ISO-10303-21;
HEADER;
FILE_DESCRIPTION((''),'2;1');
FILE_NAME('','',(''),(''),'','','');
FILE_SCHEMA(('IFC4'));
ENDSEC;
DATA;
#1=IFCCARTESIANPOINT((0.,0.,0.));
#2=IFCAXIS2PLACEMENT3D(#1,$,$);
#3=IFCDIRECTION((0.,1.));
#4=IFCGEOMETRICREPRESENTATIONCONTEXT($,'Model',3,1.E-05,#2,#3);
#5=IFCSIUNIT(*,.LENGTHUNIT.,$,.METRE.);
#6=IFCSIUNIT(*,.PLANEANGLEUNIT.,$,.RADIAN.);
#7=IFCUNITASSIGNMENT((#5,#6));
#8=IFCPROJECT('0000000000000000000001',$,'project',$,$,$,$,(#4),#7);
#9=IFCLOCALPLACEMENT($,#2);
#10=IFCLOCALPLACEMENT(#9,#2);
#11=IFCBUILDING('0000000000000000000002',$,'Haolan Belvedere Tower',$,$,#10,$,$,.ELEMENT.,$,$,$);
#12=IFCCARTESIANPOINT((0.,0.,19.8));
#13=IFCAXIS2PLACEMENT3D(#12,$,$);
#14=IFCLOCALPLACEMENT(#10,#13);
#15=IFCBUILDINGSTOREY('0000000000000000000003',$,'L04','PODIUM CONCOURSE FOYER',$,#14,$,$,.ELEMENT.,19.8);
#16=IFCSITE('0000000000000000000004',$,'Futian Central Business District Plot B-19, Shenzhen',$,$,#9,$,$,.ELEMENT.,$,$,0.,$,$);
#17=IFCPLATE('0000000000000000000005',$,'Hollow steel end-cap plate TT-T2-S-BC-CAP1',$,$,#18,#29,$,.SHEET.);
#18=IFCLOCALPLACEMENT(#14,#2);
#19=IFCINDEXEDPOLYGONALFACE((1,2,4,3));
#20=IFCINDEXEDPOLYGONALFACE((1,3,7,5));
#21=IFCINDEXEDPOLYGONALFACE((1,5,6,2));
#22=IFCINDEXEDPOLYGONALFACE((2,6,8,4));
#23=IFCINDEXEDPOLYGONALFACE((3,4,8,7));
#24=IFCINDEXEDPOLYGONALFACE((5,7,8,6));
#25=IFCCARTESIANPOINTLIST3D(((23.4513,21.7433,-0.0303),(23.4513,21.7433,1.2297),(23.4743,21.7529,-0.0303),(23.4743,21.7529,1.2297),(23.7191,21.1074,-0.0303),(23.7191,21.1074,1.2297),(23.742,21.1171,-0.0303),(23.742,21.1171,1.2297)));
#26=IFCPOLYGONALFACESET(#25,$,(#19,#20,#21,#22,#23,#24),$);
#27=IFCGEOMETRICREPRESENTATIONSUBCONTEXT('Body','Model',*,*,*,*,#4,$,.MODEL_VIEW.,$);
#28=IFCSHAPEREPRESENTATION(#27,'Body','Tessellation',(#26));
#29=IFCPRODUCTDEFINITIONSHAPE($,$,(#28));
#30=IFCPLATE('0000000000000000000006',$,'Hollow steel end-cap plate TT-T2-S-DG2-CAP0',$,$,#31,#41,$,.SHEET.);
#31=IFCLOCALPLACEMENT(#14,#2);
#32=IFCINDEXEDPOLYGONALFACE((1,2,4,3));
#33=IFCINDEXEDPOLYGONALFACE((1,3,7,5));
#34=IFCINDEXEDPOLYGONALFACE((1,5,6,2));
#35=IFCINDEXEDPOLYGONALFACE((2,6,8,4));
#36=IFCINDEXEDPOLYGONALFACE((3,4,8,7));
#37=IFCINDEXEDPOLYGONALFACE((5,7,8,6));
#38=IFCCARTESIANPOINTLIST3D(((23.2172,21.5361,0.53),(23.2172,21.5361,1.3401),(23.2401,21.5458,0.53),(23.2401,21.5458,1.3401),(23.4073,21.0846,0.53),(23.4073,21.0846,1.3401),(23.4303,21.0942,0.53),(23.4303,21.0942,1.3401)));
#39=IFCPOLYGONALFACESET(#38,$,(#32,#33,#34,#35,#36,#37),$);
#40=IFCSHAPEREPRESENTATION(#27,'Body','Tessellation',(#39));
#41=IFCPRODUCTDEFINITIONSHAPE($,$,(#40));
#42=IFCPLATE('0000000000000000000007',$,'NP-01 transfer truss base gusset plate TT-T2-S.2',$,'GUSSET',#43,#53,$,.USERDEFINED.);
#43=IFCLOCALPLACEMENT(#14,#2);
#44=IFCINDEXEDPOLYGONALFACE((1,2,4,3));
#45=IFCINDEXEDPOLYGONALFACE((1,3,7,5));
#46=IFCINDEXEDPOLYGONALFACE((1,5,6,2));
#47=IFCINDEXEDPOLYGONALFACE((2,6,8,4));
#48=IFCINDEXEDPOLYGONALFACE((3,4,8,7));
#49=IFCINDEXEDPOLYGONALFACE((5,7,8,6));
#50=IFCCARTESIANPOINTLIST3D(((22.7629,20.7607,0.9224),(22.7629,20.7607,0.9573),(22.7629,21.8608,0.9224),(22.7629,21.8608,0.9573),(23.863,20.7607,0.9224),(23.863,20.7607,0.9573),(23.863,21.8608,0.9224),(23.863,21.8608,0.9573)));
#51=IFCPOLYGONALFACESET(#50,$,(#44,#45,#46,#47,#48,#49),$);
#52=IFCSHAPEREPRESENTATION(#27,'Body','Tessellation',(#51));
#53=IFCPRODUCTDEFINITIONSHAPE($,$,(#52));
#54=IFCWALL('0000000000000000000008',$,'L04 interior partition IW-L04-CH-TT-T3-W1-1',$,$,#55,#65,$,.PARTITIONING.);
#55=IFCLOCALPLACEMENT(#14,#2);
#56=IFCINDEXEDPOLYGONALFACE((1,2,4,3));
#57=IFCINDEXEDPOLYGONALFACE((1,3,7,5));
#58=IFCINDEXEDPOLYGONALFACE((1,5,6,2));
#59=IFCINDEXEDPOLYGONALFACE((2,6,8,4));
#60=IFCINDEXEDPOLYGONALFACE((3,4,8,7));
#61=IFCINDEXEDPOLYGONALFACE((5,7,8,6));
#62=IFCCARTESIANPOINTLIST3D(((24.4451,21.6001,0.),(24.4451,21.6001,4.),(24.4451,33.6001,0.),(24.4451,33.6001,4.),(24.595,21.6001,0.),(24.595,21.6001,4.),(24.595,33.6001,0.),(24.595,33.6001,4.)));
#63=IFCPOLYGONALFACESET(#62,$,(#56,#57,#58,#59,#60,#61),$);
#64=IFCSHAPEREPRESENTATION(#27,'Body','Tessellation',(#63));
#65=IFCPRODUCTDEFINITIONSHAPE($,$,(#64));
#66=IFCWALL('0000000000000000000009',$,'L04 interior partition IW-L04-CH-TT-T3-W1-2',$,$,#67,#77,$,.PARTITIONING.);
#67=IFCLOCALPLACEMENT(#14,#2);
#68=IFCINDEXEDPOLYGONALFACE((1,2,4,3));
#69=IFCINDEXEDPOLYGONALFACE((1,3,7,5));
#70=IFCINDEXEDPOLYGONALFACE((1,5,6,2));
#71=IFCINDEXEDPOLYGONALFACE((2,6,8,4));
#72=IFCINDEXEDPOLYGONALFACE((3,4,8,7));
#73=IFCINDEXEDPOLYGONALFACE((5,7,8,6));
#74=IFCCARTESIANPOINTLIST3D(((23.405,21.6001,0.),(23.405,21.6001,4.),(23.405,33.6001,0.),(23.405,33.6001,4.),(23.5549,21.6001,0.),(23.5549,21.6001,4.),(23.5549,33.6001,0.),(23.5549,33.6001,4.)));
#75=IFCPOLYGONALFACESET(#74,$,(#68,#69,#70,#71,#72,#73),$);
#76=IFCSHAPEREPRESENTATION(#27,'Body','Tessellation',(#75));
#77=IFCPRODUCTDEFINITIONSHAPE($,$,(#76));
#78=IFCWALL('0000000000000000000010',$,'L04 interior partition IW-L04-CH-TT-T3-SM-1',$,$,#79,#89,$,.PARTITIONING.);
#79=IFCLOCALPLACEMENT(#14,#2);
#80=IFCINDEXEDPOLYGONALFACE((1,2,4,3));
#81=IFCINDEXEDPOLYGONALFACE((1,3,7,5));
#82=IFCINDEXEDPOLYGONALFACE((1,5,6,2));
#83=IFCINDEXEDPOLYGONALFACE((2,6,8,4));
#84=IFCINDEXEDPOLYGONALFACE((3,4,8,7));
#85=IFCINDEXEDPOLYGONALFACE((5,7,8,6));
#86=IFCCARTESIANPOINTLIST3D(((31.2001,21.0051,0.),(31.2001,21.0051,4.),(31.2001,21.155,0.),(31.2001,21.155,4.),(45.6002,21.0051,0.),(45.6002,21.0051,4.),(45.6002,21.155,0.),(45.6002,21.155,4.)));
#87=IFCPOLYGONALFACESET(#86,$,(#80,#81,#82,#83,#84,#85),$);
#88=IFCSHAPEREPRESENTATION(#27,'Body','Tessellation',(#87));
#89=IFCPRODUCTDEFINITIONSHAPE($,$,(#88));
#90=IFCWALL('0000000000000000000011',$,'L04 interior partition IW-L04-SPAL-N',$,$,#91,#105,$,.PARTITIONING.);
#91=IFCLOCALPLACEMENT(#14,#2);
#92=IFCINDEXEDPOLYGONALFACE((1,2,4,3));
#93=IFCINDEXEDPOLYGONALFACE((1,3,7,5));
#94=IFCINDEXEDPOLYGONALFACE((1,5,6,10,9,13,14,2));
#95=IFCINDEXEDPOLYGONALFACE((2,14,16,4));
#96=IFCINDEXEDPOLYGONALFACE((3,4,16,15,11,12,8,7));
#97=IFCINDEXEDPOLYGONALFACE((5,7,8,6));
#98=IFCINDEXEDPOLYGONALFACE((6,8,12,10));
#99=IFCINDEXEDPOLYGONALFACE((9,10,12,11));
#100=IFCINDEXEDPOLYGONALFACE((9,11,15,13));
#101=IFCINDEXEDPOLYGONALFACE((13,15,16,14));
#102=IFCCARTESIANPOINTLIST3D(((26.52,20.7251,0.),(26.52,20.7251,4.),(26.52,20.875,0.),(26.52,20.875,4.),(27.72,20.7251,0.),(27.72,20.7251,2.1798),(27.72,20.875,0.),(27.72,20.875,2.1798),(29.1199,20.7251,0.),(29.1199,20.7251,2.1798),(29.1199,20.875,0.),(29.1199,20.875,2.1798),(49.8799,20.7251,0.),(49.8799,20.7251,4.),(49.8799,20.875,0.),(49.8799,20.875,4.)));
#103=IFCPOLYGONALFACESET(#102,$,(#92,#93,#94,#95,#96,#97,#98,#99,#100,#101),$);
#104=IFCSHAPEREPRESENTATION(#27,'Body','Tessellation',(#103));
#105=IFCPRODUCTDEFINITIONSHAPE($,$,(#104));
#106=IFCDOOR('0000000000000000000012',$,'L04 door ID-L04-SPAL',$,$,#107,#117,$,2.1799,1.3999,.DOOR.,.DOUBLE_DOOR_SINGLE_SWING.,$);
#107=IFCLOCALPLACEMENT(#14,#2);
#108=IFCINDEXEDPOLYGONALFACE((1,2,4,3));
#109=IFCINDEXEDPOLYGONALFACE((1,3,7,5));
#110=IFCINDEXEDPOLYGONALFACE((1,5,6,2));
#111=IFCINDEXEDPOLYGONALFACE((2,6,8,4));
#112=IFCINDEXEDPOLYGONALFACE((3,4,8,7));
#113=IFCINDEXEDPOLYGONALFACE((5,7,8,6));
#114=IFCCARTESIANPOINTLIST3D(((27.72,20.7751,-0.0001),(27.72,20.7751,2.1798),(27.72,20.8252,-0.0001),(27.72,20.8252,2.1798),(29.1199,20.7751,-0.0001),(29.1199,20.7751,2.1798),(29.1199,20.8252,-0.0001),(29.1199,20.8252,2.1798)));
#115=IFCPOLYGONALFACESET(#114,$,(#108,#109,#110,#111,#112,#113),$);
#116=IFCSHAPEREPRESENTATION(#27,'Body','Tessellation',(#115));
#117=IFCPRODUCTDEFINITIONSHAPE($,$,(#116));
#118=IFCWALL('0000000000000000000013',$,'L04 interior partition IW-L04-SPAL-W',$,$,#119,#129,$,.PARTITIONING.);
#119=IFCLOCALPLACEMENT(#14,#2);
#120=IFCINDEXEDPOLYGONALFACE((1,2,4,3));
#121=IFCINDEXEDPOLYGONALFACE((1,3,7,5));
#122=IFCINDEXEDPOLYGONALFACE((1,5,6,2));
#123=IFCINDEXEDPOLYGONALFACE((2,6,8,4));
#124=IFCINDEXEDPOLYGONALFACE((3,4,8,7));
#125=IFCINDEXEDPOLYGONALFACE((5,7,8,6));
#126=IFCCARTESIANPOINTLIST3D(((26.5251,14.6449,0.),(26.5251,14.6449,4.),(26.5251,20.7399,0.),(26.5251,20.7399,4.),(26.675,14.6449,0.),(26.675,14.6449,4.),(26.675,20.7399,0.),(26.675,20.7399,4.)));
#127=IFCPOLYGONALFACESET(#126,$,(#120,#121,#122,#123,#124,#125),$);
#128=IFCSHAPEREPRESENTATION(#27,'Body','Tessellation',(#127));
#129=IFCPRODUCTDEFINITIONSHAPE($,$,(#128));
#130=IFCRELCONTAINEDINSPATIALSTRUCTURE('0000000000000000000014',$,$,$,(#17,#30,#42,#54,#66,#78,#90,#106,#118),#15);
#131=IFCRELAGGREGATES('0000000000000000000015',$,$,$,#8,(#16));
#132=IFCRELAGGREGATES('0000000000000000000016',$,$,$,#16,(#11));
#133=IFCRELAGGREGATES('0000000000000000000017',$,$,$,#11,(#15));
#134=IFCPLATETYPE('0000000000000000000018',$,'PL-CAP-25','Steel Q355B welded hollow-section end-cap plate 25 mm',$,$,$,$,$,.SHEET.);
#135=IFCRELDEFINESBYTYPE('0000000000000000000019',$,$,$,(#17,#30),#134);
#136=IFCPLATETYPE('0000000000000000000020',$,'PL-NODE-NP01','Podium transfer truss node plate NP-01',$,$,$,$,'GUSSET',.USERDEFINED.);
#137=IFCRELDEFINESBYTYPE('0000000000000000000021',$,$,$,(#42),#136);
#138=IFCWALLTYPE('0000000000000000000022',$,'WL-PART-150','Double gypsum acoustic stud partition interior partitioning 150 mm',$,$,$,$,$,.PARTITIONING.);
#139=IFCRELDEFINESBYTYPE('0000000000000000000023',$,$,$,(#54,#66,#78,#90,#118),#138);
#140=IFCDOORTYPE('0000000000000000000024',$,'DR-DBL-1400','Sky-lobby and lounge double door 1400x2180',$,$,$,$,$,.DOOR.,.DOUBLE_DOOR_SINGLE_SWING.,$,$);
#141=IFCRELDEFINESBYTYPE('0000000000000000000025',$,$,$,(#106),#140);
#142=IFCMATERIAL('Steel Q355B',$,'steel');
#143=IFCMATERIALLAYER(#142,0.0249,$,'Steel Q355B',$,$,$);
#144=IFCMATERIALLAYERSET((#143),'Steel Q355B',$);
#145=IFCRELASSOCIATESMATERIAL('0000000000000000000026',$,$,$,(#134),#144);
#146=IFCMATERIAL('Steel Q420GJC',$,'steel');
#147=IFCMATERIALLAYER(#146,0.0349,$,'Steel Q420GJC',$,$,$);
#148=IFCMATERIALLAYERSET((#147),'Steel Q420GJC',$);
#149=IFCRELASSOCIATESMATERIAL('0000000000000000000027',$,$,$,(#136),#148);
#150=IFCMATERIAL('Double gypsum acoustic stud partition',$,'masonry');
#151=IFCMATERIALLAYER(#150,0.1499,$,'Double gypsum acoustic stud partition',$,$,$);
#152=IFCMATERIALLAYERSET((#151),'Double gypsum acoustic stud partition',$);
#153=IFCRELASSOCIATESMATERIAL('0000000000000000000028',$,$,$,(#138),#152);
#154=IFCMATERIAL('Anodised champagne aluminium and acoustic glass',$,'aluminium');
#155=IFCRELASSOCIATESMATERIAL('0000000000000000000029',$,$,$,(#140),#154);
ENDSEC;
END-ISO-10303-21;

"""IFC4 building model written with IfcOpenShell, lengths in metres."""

from ifc_helpers import new_model, si_unit, direction, frame, frame_2d, origin, origin_2d, place, context, subcontext, project, spatial, rectangle, extrude, material, layer, layer_set, type_object, element, fill, save


model = new_model("IFC4")

# Units and contexts
model_context = context("Model", 3, precision=1e-05, world=origin(), true_north=direction((0.0, 1.0)))
body_context = subcontext(model_context, "Body", "Model", "MODEL_VIEW")
ifc_project = project(units=[si_unit("LENGTHUNIT", "METRE"), si_unit("PLANEANGLEUNIT", "RADIAN")], contexts=[model_context])

# Site, building, storey
site_placement = place(None, origin())
site = spatial("IfcSite", under=ifc_project, at=site_placement, Name="Futian Central Business District Plot B-19, Shenzhen", CompositionType="ELEMENT", RefElevation=0.0)
building_placement = place(site_placement, origin())
building = spatial("IfcBuilding", under=site, at=building_placement, Name="Haolan Belvedere Tower", CompositionType="ELEMENT")
storey_placement = place(building_placement, frame((0.0, 0.0, 19.8)))
storey = spatial("IfcBuildingStorey", under=building, at=storey_placement, Name="L04", Description="PODIUM CONCOURSE FOYER", CompositionType="ELEMENT", Elevation=19.8)

# Shared definitions
ifc_material_1 = material(Name="Steel Q355B", Category="steel")

# Shared definitions
ifc_material_2 = material(Name="Steel Q420GJC", Category="steel")

# Plates
ifc_layer_1 = layer(ifc_material_1, 0.0249, Name="Steel Q355B")
ifc_layer_set_1 = layer_set([ifc_layer_1], Name="Steel Q355B")
plate_type_1 = type_object("IfcPlateType", Name="PL-CAP-25", Description="Steel Q355B welded hollow-section end-cap plate 25 mm", PredefinedType="SHEET", material=ifc_layer_set_1)
for number, where, z_axis, x_axis, name in (
    (1, (23.5967, 21.4302, -0.0303), (0.0, 0.0, 1.0), (-0.388063, 0.921633, 0.0), "Hollow steel end-cap plate TT-T2-S-BC-CAP1"),
):
    element("IfcPlate", number, at=place(storey_placement, frame(where, z_axis=z_axis, x_axis=x_axis)), inside=storey, type_object=plate_type_1, Name=name, PredefinedType="SHEET", context=body_context, shape_type="SweptSolid", body=[
        extrude(rectangle(XDim=0.6899, YDim=0.0249, at=origin_2d()), origin(), (0.0, 0.0, 1.0), 1.26),
    ])
plate_1_placement = place(storey_placement, frame((23.3237, 21.3152, 0.53), z_axis=(0.0, 0.0, 1.0), x_axis=(-0.388063, 0.921633, 0.0)))
element("IfcPlate", 2, at=plate_1_placement, inside=storey, type_object=plate_type_1, Name="Hollow steel end-cap plate TT-T2-S-DG2-CAP0", PredefinedType="SHEET", context=body_context, shape_type="SweptSolid", body=[
    extrude(rectangle(XDim=0.49, YDim=0.0249, at=origin_2d()), origin(), (0.0, 0.0, 1.0), 0.8101),
])
ifc_layer_2 = layer(ifc_material_2, 0.0349, Name="Steel Q420GJC")
ifc_layer_set_2 = layer_set([ifc_layer_2], Name="Steel Q420GJC")
plate_type_2 = type_object("IfcPlateType", Name="PL-NODE-NP01", Description="Podium transfer truss node plate NP-01", ElementType="GUSSET", PredefinedType="USERDEFINED", material=ifc_layer_set_2)
plate_2_placement = place(storey_placement, frame((23.313, 21.3108, 0.9224), z_axis=(0.0, 0.0, 1.0), x_axis=(1.0, 0.0, 0.0)))
element("IfcPlate", 3, at=plate_2_placement, inside=storey, type_object=plate_type_2, Name="NP-01 transfer truss base gusset plate TT-T2-S.2", ObjectType="GUSSET", PredefinedType="USERDEFINED", context=body_context, shape_type="SweptSolid", body=[
    extrude(rectangle(XDim=1.1001, YDim=1.1001, at=origin_2d()), origin(), (0.0, 0.0, 1.0), 0.0349),
])

# Walls
ifc_material_3 = material(Name="Double gypsum acoustic stud partition", Category="masonry")
ifc_layer_3 = layer(ifc_material_3, 0.1499, Name="Double gypsum acoustic stud partition")
ifc_layer_set_3 = layer_set([ifc_layer_3], Name="Double gypsum acoustic stud partition")
wall_type = type_object("IfcWallType", Name="WL-PART-150", Description="Double gypsum acoustic stud partition interior partitioning 150 mm", PredefinedType="PARTITIONING", material=ifc_layer_set_3)
for number, where, z_axis, x_axis, name in (
    (4, (24.52, 21.6001, 0.0), (0.0, 0.0, 1.0), (0.0, 1.0, 0.0), "L04 interior partition IW-L04-CH-TT-T3-W1-1"),
    (5, (23.48, 21.6001, 0.0), (0.0, 0.0, 1.0), (0.0, 1.0, 0.0), "L04 interior partition IW-L04-CH-TT-T3-W1-2"),
):
    element("IfcWall", number, at=place(storey_placement, frame(where, z_axis=z_axis, x_axis=x_axis)), inside=storey, type_object=wall_type, Name=name, PredefinedType="PARTITIONING", context=body_context, shape_type="SweptSolid", body=[
        extrude(rectangle(XDim=12.0, YDim=0.1499, at=frame_2d((6.0, 0.0))), origin(), (0.0, 0.0, 1.0), 4.0),
    ])
wall_1_placement = place(storey_placement, frame((31.2, 21.0801, 0.0), z_axis=(0.0, 0.0, 1.0), x_axis=(1.0, 0.0, 0.0)))
element("IfcWall", 6, at=wall_1_placement, inside=storey, type_object=wall_type, Name="L04 interior partition IW-L04-CH-TT-T3-SM-1", PredefinedType="PARTITIONING", context=body_context, shape_type="SweptSolid", body=[
    extrude(rectangle(XDim=14.4001, YDim=0.1499, at=frame_2d((7.2002, 0.0))), origin(), (0.0, 0.0, 1.0), 4.0),
])

# Wall, opening, door
wall_2_placement = place(storey_placement, frame((26.52, 20.8, 0.0), z_axis=(0.0, 0.0, 1.0), x_axis=(1.0, 0.0, 0.0)))
wall_2 = element("IfcWall", 7, at=wall_2_placement, inside=storey, type_object=wall_type, Name="L04 interior partition IW-L04-SPAL-N", PredefinedType="PARTITIONING", context=body_context, shape_type="SweptSolid", body=[
    extrude(rectangle(XDim=23.3599, YDim=0.1499, at=frame_2d((11.6799, 0.0))), origin(), (0.0, 0.0, 1.0), 4.0),
])
opening_placement = place(wall_2_placement, frame((2.5999, 0.0, 0.0), z_axis=(0.0, 0.0, 1.0), x_axis=(-1.0, 0.0, 0.0)))
opening = element("IfcOpeningElement", 8, at=opening_placement, cuts=wall_2, PredefinedType="OPENING", context=body_context, shape_type="SweptSolid", body=[
    extrude(rectangle(XDim=1.3999, YDim=2.1799, at=frame_2d((0.7, 1.0898))), frame((0.0, 0.085, 0.0), z_axis=(0.0, -1.0, 0.0), x_axis=(1.0, 0.0, 0.0)), (0.0, 0.0, 1.0), 0.1699),
])
ifc_material_4 = material(Name="Anodised champagne aluminium and acoustic glass", Category="aluminium")
door_type = type_object("IfcDoorType", Name="DR-DBL-1400", Description="Sky-lobby and lounge double door 1400x2180", OperationType="DOUBLE_DOOR_SINGLE_SWING", PredefinedType="DOOR", material=ifc_material_4)
door_placement = place(opening_placement, origin())
door = element("IfcDoor", 9, at=door_placement, inside=storey, type_object=door_type, Name="L04 door ID-L04-SPAL", OperationType="DOUBLE_DOOR_SINGLE_SWING", OverallHeight=2.1799, OverallWidth=1.3999, PredefinedType="DOOR", context=body_context, shape_type="SweptSolid", body=[
    extrude(rectangle(XDim=1.3999, YDim=2.1799, at=frame_2d((0.7, 1.0898))), frame((0.0, 0.0249, 0.0), z_axis=(0.0, -1.0, 0.0), x_axis=(1.0, 0.0, 0.0)), (0.0, 0.0, 1.0), 0.05),
])
fill(opening, door)

# Wall
wall_3_placement = place(storey_placement, frame((26.6001, 14.645, 0.0), z_axis=(0.0, 0.0, 1.0), x_axis=(0.0, 1.0, 0.0)))
element("IfcWall", 10, at=wall_3_placement, inside=storey, type_object=wall_type, Name="L04 interior partition IW-L04-SPAL-W", PredefinedType="PARTITIONING", context=body_context, shape_type="SweptSolid", body=[
    extrude(rectangle(XDim=6.095, YDim=0.1499, at=frame_2d((3.0474, 0.0))), origin(), (0.0, 0.0, 1.0), 4.0),
])

save(model, "model.ifc")
